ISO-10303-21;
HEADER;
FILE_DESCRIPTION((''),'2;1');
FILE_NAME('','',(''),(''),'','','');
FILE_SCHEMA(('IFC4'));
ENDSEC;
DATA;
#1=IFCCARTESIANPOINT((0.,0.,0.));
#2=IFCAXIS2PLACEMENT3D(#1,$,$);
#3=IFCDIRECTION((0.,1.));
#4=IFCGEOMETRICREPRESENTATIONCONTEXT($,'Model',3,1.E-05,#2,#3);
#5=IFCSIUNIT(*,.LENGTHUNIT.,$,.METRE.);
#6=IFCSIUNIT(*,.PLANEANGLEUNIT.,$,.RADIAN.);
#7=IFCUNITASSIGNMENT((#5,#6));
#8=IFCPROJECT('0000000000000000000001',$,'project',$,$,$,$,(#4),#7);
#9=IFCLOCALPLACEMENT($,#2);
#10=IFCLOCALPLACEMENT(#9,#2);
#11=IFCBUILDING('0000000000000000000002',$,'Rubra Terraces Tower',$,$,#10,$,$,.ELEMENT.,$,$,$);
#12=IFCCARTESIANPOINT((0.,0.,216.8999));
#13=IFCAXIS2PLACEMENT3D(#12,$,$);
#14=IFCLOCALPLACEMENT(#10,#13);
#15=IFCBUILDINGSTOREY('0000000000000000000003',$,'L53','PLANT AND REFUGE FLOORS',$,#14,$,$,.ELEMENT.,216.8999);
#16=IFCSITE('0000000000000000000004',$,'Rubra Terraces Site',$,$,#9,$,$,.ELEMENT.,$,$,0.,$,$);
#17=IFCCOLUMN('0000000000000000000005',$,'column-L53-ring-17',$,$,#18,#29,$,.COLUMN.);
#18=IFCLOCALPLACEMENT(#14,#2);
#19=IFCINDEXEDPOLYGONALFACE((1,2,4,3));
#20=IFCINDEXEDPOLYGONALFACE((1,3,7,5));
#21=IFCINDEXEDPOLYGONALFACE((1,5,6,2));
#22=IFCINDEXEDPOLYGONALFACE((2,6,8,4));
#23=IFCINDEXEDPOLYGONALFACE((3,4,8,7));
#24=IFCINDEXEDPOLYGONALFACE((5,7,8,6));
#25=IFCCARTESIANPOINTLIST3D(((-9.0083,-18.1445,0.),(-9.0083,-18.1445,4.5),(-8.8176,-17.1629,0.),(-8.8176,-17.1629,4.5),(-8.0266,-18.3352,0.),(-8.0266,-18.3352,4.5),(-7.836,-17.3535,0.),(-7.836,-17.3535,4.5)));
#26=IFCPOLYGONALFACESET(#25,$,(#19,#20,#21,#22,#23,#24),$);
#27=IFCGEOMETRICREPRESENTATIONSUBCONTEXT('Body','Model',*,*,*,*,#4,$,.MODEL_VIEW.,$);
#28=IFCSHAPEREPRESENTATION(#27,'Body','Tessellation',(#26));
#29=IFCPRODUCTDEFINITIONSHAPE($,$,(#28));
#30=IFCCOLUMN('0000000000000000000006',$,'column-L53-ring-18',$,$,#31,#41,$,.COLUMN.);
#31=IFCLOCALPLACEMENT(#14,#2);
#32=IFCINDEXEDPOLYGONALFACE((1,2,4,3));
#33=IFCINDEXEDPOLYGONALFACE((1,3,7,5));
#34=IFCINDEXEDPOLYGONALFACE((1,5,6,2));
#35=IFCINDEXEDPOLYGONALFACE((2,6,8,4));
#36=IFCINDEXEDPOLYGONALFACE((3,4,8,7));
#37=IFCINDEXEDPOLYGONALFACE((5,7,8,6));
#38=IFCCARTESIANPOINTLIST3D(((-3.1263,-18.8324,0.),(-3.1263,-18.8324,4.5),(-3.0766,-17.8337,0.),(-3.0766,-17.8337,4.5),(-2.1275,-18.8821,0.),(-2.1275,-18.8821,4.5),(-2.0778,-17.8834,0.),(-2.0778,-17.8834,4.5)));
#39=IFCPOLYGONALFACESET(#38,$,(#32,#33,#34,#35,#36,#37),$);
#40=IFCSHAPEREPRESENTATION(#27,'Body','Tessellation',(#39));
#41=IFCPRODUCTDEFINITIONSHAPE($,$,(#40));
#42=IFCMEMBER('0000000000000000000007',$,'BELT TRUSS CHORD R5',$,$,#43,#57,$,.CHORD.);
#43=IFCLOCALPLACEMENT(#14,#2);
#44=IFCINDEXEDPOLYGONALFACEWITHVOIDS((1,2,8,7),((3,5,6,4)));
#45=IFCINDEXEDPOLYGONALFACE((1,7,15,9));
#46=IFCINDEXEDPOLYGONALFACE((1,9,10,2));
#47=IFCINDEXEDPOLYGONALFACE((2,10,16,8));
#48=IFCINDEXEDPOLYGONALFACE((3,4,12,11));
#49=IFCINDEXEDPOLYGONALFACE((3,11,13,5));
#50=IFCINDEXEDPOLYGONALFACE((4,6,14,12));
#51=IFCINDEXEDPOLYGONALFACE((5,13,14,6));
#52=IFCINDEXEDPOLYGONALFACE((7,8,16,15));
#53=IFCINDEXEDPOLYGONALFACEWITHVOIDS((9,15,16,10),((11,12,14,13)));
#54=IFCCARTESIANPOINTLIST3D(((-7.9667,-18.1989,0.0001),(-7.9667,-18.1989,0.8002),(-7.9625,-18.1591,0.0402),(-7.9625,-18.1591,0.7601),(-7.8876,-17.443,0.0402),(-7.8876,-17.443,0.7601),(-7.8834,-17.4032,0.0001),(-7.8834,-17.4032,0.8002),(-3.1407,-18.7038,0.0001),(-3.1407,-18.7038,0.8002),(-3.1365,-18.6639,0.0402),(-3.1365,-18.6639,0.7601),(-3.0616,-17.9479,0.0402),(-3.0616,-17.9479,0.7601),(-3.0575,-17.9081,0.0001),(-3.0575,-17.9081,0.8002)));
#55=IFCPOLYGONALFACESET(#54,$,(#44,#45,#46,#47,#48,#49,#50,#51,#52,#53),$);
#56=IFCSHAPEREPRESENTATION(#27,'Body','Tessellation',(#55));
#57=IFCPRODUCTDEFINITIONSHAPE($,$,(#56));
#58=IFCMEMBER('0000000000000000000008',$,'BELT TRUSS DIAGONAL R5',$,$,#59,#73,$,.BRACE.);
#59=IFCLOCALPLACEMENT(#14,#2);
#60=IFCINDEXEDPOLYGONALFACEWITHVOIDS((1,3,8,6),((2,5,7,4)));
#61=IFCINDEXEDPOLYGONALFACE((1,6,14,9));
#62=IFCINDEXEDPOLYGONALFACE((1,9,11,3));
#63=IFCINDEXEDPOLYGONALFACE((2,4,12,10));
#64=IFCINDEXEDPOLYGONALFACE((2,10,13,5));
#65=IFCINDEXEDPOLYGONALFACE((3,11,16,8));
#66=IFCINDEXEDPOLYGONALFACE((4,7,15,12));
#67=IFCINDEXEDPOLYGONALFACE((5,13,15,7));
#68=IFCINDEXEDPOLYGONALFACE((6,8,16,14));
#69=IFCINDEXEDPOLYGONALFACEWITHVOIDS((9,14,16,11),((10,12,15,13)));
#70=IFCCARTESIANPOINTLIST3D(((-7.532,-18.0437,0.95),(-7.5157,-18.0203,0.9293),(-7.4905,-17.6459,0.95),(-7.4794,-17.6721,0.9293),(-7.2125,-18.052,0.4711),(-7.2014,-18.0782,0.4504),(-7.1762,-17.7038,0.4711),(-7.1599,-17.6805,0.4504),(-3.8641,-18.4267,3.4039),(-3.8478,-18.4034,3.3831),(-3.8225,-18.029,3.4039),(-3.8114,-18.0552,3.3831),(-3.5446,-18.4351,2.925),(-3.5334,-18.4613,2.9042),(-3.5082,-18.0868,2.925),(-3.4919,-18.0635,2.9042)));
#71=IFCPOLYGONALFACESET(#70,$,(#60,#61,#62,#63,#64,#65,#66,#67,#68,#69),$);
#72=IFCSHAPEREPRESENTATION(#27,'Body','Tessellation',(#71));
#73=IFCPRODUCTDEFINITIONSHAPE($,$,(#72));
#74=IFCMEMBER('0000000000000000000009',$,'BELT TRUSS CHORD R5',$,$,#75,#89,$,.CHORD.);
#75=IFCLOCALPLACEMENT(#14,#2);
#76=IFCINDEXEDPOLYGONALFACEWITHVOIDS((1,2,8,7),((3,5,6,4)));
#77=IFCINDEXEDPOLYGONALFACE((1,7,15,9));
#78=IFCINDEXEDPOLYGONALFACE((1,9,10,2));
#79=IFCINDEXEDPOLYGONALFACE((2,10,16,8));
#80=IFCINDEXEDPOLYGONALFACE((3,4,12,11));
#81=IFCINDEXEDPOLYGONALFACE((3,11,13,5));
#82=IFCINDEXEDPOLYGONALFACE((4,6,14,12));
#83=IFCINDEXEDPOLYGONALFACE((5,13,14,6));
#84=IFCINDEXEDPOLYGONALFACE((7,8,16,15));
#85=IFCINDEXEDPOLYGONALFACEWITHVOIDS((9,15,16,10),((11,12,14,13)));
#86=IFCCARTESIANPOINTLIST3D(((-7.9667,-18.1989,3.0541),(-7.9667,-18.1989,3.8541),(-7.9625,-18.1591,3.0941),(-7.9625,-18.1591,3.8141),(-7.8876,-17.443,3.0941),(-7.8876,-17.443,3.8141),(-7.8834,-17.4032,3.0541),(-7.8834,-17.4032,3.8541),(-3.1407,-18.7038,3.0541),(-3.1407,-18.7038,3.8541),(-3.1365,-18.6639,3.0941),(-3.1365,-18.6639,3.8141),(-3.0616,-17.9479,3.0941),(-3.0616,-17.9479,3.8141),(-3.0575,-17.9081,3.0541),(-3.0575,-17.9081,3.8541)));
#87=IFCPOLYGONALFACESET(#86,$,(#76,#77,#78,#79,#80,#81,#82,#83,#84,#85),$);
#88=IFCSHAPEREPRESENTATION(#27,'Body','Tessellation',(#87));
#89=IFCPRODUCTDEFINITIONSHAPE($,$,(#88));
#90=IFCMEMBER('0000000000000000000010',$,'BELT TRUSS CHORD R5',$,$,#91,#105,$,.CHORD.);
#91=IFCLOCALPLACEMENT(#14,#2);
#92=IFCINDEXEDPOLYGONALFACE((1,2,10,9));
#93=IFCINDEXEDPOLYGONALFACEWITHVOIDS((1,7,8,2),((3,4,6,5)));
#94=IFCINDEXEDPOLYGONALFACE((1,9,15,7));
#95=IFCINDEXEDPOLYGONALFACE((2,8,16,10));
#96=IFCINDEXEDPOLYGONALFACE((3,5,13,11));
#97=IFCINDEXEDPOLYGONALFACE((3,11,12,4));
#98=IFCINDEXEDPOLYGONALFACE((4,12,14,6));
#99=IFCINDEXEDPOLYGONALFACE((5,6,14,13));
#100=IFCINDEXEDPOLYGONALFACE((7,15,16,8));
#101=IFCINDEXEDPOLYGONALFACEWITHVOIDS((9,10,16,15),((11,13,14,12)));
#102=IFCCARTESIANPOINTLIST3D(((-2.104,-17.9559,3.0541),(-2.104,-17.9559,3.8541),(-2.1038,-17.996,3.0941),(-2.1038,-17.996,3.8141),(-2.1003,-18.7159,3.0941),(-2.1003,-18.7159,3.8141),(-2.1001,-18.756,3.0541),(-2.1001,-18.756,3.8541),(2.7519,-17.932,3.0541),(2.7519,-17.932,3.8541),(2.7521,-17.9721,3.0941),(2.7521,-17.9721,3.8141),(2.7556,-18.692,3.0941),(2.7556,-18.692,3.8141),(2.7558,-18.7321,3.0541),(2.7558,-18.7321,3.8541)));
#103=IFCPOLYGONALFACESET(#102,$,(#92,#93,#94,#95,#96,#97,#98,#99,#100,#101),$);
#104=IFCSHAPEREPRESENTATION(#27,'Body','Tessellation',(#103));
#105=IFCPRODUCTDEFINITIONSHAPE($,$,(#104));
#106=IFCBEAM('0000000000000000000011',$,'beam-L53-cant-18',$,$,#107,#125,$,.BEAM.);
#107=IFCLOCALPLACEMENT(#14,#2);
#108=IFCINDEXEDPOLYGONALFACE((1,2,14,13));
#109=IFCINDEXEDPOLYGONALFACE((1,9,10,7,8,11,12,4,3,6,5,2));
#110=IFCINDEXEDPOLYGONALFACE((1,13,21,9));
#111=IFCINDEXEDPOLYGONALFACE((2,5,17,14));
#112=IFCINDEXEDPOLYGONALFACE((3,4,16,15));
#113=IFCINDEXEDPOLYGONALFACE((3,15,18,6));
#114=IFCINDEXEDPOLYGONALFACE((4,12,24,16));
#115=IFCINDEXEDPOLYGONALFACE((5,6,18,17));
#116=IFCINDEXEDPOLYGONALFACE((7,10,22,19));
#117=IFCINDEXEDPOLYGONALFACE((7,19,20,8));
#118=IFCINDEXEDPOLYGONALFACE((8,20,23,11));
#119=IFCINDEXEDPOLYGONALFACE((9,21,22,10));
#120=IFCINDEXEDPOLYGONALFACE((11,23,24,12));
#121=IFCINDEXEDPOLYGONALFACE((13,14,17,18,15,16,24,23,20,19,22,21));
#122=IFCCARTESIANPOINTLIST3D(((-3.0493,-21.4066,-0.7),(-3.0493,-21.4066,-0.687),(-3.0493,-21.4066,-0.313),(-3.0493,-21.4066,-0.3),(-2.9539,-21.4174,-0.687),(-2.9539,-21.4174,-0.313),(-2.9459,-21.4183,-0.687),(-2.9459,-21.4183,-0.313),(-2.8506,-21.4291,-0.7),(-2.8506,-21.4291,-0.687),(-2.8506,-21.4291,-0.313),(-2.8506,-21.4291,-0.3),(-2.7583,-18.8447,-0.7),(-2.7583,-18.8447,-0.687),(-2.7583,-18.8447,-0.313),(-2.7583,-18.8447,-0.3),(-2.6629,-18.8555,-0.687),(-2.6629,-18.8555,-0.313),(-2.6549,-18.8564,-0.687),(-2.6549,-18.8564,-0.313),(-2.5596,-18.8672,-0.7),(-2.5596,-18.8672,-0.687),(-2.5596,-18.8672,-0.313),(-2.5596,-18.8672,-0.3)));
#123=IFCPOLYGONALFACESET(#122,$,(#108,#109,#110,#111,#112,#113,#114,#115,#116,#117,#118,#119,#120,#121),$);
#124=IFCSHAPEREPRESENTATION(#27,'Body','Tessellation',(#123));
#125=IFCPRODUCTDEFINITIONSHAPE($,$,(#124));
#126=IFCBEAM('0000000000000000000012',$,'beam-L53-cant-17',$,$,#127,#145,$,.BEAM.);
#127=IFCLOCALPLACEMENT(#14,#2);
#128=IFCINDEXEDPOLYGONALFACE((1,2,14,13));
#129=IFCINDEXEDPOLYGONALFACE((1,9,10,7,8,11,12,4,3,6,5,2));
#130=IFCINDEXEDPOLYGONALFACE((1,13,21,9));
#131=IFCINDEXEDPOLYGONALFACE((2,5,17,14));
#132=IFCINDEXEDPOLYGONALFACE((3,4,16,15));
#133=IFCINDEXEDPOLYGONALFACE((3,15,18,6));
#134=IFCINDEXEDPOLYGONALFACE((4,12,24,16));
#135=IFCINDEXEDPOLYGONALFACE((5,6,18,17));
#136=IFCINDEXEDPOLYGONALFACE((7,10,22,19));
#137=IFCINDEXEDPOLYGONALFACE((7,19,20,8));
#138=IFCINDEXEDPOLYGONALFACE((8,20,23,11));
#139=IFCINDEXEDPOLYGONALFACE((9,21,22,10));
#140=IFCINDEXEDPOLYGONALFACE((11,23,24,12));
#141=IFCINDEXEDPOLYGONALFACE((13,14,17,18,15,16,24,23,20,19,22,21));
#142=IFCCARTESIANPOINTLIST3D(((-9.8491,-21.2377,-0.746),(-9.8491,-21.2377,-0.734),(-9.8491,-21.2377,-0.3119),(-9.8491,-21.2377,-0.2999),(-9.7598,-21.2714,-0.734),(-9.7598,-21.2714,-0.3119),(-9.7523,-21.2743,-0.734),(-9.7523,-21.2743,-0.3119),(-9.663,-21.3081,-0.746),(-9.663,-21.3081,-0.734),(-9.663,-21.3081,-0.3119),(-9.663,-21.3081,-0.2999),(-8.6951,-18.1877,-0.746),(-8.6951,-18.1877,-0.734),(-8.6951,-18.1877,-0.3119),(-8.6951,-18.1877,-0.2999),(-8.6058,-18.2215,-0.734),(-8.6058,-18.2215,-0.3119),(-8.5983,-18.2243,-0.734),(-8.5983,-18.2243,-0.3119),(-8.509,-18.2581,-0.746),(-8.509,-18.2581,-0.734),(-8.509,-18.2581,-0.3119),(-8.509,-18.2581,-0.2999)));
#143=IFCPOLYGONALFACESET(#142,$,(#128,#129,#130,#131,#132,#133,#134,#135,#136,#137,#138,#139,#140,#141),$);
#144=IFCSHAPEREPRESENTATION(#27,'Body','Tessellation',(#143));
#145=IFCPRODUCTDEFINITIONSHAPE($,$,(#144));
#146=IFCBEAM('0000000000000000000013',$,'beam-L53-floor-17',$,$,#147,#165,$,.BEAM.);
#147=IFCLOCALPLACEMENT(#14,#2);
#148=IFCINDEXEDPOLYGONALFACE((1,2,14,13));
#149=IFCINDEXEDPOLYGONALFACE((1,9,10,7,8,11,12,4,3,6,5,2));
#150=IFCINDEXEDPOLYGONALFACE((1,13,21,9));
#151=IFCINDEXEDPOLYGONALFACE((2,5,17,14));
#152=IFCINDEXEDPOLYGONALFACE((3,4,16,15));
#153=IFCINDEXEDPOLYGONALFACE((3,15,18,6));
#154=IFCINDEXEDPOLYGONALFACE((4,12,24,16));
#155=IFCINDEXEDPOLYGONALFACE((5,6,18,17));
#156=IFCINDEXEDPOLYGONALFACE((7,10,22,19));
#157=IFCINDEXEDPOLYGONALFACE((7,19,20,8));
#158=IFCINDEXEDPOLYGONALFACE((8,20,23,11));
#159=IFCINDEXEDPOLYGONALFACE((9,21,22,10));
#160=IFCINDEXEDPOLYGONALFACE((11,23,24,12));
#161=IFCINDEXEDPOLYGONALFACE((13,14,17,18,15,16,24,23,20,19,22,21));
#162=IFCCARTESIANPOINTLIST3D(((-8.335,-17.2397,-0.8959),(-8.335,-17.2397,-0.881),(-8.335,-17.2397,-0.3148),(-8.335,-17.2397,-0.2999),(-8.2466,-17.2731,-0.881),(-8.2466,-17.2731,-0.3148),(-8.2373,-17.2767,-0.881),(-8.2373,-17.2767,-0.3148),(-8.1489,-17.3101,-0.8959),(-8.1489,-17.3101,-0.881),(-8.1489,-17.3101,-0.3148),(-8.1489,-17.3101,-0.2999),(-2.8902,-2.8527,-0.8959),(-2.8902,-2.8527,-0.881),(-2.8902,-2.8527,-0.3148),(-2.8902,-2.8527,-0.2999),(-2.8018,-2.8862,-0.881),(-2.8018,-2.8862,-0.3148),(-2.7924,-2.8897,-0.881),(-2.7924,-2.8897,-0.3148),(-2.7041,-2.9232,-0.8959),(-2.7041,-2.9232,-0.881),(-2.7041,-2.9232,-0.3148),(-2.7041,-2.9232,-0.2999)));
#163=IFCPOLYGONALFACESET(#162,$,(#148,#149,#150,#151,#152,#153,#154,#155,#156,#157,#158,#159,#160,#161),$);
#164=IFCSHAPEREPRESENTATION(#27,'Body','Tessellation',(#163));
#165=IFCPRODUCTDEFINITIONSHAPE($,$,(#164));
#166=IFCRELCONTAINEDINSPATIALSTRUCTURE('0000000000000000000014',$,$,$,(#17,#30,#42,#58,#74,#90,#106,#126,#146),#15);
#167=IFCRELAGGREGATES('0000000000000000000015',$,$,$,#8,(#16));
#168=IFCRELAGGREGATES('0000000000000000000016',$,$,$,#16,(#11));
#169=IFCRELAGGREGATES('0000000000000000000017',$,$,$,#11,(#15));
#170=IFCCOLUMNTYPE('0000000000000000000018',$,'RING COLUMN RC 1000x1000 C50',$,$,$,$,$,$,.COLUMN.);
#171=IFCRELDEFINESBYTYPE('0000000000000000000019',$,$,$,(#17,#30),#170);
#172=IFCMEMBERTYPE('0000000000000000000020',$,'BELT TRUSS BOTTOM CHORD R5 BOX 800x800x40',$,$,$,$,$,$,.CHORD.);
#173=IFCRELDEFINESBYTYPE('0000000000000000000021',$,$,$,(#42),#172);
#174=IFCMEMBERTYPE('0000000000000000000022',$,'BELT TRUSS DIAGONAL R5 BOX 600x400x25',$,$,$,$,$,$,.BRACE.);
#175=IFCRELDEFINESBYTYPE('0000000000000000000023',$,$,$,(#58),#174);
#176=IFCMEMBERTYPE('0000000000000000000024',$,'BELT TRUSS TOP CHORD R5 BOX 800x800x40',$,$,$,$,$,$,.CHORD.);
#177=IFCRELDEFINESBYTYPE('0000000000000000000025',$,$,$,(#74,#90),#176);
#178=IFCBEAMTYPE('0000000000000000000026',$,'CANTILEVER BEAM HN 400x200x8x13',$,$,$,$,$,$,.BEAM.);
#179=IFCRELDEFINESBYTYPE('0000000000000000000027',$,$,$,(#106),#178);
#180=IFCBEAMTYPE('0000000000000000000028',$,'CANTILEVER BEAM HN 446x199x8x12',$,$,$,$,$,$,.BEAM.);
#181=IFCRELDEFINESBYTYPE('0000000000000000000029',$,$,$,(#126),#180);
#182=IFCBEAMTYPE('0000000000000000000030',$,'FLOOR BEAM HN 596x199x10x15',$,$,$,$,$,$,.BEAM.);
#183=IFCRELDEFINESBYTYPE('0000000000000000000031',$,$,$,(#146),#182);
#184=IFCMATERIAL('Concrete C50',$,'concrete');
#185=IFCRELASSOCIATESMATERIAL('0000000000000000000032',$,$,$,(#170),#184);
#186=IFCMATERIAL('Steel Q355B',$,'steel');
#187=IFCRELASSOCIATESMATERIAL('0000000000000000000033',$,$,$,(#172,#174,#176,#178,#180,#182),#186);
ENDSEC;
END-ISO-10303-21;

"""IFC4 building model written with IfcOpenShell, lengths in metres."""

from ifc_helpers import new_model, si_unit, direction, frame, origin, origin_2d, place, context, subcontext, project, spatial, rectangle, hollow_rectangle, i_section, extrude, material, material_profile, profile_set, type_object, element, save


model = new_model("IFC4")

# Units and contexts
model_context = context("Model", 3, precision=1e-05, world=origin(), true_north=direction((0.0, 1.0)))
body_context = subcontext(model_context, "Body", "Model", "MODEL_VIEW")
ifc_project = project(units=[si_unit("LENGTHUNIT", "METRE"), si_unit("PLANEANGLEUNIT", "RADIAN")], contexts=[model_context])

# Site, building, storey
site_placement = place(None, origin())
site = spatial("IfcSite", under=ifc_project, at=site_placement, Name="Rubra Terraces Site", CompositionType="ELEMENT", RefElevation=0.0)
building_placement = place(site_placement, origin())
building = spatial("IfcBuilding", under=site, at=building_placement, Name="Rubra Terraces Tower", CompositionType="ELEMENT")
storey_placement = place(building_placement, frame((0.0, 0.0, 216.8999)))
storey = spatial("IfcBuildingStorey", under=building, at=storey_placement, Name="L53", Description="PLANT AND REFUGE FLOORS", CompositionType="ELEMENT", Elevation=216.8999)

# Columns
ifc_material_1 = material(Name="Concrete C50", Category="concrete")
ifc_material_profile_1 = material_profile(ifc_material_1, rectangle(XDim=1.0, YDim=1.0, at=origin_2d()), Name="RC 1000x1000")
ifc_profile_set_1 = profile_set([ifc_material_profile_1], Name="Concrete C50")
column_type = type_object("IfcColumnType", Name="RING COLUMN RC 1000x1000 C50", PredefinedType="COLUMN", material=ifc_profile_set_1)
for number, where, z_axis, x_axis, name in (
    (1, (-8.4221, -17.749, 0.0), (0.0, 0.0, 1.0), (0.981655, -0.190668, 0.0), "column-L53-ring-17"),
    (2, (-2.6021, -18.3579, 0.0), (0.0, 0.0, 1.0), (0.998764, -0.049699, 0.0), "column-L53-ring-18"),
):
    element("IfcColumn", number, at=place(storey_placement, frame(where, z_axis=z_axis, x_axis=x_axis)), inside=storey, type_object=column_type, Name=name, PredefinedType="COLUMN", context=body_context, shape_type="SweptSolid", body=[
        extrude(rectangle(XDim=1.0, YDim=1.0, at=origin_2d()), origin(), (0.0, 0.0, 1.0), 4.5),
    ])

# Members
ifc_material_2 = material(Name="Steel Q355B", Category="steel")
ifc_material_profile_2 = material_profile(ifc_material_2, hollow_rectangle(XDim=0.8, YDim=0.8, WallThickness=0.04, at=origin_2d()), Name="BOX 800x800x40")
ifc_profile_set_2 = profile_set([ifc_material_profile_2], Name="Steel Q355B")
member_type_1 = type_object("IfcMemberType", Name="BELT TRUSS BOTTOM CHORD R5 BOX 800x800x40", PredefinedType="CHORD", material=ifc_profile_set_2)
member_1_placement = place(storey_placement, frame((-7.925, -17.801, 0.4001), z_axis=(0.994572, -0.104051, 0.0), x_axis=(0.104051, 0.994572, 0.0)))
element("IfcMember", 3, at=member_1_placement, inside=storey, type_object=member_type_1, Name="BELT TRUSS CHORD R5", PredefinedType="CHORD", context=body_context, shape_type="SweptSolid", body=[
    extrude(hollow_rectangle(XDim=0.8, YDim=0.8, WallThickness=0.04, at=origin_2d()), origin(), (0.0, 0.0, 1.0), 4.8523),
])
ifc_material_profile_3 = material_profile(ifc_material_2, hollow_rectangle(XDim=0.3999, YDim=0.6001, WallThickness=0.0249, at=origin_2d()), Name="BOX 600x400x25")
ifc_profile_set_3 = profile_set([ifc_material_profile_3], Name="Steel Q355B")
member_type_2 = type_object("IfcMemberType", Name="BELT TRUSS DIAGONAL R5 BOX 600x400x25", PredefinedType="BRACE", material=ifc_profile_set_3)
member_2_placement = place(storey_placement, frame((-7.3459, -17.8621, 0.7002), z_axis=(0.828042, -0.086475, 0.553957), x_axis=(0.103868, 0.994591, 0.0)))
element("IfcMember", 4, at=member_2_placement, inside=storey, type_object=member_type_2, Name="BELT TRUSS DIAGONAL R5", PredefinedType="BRACE", context=body_context, shape_type="SweptSolid", body=[
    extrude(hollow_rectangle(XDim=0.3999, YDim=0.6001, WallThickness=0.0249, at=origin_2d()), origin(), (0.0, 0.0, 1.0), 4.4297),
])
ifc_material_profile_4 = material_profile(ifc_material_2, hollow_rectangle(XDim=0.8, YDim=0.8, WallThickness=0.04, at=origin_2d()), Name="BOX 800x800x40")
ifc_profile_set_4 = profile_set([ifc_material_profile_4], Name="Steel Q355B")
member_type_3 = type_object("IfcMemberType", Name="BELT TRUSS TOP CHORD R5 BOX 800x800x40", PredefinedType="CHORD", material=ifc_profile_set_4)
member_3_placement = place(storey_placement, frame((-7.925, -17.801, 3.4541), z_axis=(0.994572, -0.104051, 0.0), x_axis=(0.104051, 0.994572, 0.0)))
element("IfcMember", 5, at=member_3_placement, inside=storey, type_object=member_type_3, Name="BELT TRUSS CHORD R5", PredefinedType="CHORD", context=body_context, shape_type="SweptSolid", body=[
    extrude(hollow_rectangle(XDim=0.8, YDim=0.8, WallThickness=0.04, at=origin_2d()), origin(), (0.0, 0.0, 1.0), 4.8523),
])
member_4_placement = place(storey_placement, frame((-2.1021, -18.356, 3.4541), z_axis=(0.999988, 0.004927, 0.0), x_axis=(-0.004927, 0.999988, 0.0)))
element("IfcMember", 6, at=member_4_placement, inside=storey, type_object=member_type_3, Name="BELT TRUSS CHORD R5", PredefinedType="CHORD", context=body_context, shape_type="SweptSolid", body=[
    extrude(hollow_rectangle(XDim=0.8, YDim=0.8, WallThickness=0.04, at=origin_2d()), origin(), (0.0, 0.0, 1.0), 4.856),
])

# Beams
ifc_material_profile_5 = material_profile(ifc_material_2, i_section(OverallWidth=0.2, OverallDepth=0.3999, WebThickness=0.0081, FlangeThickness=0.0129, at=origin_2d()), Name="HN 400x200x8x13")
ifc_profile_set_5 = profile_set([ifc_material_profile_5], Name="Steel Q355B")
beam_type_1 = type_object("IfcBeamType", Name="CANTILEVER BEAM HN 400x200x8x13", PredefinedType="BEAM", material=ifc_profile_set_5)
beam_1_placement = place(storey_placement, frame((-2.6589, -18.856, -0.5), z_axis=(-0.112863, -0.993611, 0.0), x_axis=(0.993611, -0.112863, 0.0)))
element("IfcBeam", 7, at=beam_1_placement, inside=storey, type_object=beam_type_1, Name="beam-L53-cant-18", PredefinedType="BEAM", context=body_context, shape_type="SweptSolid", body=[
    extrude(i_section(OverallWidth=0.2, OverallDepth=0.3999, WebThickness=0.0081, FlangeThickness=0.0129, at=origin_2d()), origin(), (0.0, 0.0, 1.0), 2.5784),
])
ifc_material_profile_6 = material_profile(ifc_material_2, i_section(OverallWidth=0.199, OverallDepth=0.446, WebThickness=0.0081, FlangeThickness=0.012, at=origin_2d()), Name="HN 446x199x8x12")
ifc_profile_set_6 = profile_set([ifc_material_profile_6], Name="Steel Q355B")
beam_type_2 = type_object("IfcBeamType", Name="CANTILEVER BEAM HN 446x199x8x12", PredefinedType="BEAM", material=ifc_profile_set_6)
beam_2_placement = place(storey_placement, frame((-8.6021, -18.2229, -0.5229), z_axis=(-0.353887, -0.935288, 0.0), x_axis=(0.935288, -0.353887, 0.0)))
element("IfcBeam", 8, at=beam_2_placement, inside=storey, type_object=beam_type_2, Name="beam-L53-cant-17", PredefinedType="BEAM", context=body_context, shape_type="SweptSolid", body=[
    extrude(i_section(OverallWidth=0.199, OverallDepth=0.446, WebThickness=0.0081, FlangeThickness=0.012, at=origin_2d()), origin(), (0.0, 0.0, 1.0), 3.261),
])
ifc_material_profile_7 = material_profile(ifc_material_2, i_section(OverallWidth=0.199, OverallDepth=0.5959, WebThickness=0.01, FlangeThickness=0.0149, at=origin_2d()), Name="HN 596x199x10x15")
ifc_profile_set_7 = profile_set([ifc_material_profile_7], Name="Steel Q355B")
beam_type_3 = type_object("IfcBeamType", Name="FLOOR BEAM HN 596x199x10x15", PredefinedType="BEAM", material=ifc_profile_set_7)
beam_3_placement = place(storey_placement, frame((-8.2419, -17.2749, -0.5979), z_axis=(0.353955, 0.935262, 0.0), x_axis=(-0.935262, 0.353955, 0.0)))
element("IfcBeam", 9, at=beam_3_placement, inside=storey, type_object=beam_type_3, Name="beam-L53-floor-17", PredefinedType="BEAM", context=body_context, shape_type="SweptSolid", body=[
    extrude(i_section(OverallWidth=0.199, OverallDepth=0.5959, WebThickness=0.01, FlangeThickness=0.0149, at=origin_2d()), origin(), (0.0, 0.0, 1.0), 15.3828),
])

save(model, "model.ifc")
